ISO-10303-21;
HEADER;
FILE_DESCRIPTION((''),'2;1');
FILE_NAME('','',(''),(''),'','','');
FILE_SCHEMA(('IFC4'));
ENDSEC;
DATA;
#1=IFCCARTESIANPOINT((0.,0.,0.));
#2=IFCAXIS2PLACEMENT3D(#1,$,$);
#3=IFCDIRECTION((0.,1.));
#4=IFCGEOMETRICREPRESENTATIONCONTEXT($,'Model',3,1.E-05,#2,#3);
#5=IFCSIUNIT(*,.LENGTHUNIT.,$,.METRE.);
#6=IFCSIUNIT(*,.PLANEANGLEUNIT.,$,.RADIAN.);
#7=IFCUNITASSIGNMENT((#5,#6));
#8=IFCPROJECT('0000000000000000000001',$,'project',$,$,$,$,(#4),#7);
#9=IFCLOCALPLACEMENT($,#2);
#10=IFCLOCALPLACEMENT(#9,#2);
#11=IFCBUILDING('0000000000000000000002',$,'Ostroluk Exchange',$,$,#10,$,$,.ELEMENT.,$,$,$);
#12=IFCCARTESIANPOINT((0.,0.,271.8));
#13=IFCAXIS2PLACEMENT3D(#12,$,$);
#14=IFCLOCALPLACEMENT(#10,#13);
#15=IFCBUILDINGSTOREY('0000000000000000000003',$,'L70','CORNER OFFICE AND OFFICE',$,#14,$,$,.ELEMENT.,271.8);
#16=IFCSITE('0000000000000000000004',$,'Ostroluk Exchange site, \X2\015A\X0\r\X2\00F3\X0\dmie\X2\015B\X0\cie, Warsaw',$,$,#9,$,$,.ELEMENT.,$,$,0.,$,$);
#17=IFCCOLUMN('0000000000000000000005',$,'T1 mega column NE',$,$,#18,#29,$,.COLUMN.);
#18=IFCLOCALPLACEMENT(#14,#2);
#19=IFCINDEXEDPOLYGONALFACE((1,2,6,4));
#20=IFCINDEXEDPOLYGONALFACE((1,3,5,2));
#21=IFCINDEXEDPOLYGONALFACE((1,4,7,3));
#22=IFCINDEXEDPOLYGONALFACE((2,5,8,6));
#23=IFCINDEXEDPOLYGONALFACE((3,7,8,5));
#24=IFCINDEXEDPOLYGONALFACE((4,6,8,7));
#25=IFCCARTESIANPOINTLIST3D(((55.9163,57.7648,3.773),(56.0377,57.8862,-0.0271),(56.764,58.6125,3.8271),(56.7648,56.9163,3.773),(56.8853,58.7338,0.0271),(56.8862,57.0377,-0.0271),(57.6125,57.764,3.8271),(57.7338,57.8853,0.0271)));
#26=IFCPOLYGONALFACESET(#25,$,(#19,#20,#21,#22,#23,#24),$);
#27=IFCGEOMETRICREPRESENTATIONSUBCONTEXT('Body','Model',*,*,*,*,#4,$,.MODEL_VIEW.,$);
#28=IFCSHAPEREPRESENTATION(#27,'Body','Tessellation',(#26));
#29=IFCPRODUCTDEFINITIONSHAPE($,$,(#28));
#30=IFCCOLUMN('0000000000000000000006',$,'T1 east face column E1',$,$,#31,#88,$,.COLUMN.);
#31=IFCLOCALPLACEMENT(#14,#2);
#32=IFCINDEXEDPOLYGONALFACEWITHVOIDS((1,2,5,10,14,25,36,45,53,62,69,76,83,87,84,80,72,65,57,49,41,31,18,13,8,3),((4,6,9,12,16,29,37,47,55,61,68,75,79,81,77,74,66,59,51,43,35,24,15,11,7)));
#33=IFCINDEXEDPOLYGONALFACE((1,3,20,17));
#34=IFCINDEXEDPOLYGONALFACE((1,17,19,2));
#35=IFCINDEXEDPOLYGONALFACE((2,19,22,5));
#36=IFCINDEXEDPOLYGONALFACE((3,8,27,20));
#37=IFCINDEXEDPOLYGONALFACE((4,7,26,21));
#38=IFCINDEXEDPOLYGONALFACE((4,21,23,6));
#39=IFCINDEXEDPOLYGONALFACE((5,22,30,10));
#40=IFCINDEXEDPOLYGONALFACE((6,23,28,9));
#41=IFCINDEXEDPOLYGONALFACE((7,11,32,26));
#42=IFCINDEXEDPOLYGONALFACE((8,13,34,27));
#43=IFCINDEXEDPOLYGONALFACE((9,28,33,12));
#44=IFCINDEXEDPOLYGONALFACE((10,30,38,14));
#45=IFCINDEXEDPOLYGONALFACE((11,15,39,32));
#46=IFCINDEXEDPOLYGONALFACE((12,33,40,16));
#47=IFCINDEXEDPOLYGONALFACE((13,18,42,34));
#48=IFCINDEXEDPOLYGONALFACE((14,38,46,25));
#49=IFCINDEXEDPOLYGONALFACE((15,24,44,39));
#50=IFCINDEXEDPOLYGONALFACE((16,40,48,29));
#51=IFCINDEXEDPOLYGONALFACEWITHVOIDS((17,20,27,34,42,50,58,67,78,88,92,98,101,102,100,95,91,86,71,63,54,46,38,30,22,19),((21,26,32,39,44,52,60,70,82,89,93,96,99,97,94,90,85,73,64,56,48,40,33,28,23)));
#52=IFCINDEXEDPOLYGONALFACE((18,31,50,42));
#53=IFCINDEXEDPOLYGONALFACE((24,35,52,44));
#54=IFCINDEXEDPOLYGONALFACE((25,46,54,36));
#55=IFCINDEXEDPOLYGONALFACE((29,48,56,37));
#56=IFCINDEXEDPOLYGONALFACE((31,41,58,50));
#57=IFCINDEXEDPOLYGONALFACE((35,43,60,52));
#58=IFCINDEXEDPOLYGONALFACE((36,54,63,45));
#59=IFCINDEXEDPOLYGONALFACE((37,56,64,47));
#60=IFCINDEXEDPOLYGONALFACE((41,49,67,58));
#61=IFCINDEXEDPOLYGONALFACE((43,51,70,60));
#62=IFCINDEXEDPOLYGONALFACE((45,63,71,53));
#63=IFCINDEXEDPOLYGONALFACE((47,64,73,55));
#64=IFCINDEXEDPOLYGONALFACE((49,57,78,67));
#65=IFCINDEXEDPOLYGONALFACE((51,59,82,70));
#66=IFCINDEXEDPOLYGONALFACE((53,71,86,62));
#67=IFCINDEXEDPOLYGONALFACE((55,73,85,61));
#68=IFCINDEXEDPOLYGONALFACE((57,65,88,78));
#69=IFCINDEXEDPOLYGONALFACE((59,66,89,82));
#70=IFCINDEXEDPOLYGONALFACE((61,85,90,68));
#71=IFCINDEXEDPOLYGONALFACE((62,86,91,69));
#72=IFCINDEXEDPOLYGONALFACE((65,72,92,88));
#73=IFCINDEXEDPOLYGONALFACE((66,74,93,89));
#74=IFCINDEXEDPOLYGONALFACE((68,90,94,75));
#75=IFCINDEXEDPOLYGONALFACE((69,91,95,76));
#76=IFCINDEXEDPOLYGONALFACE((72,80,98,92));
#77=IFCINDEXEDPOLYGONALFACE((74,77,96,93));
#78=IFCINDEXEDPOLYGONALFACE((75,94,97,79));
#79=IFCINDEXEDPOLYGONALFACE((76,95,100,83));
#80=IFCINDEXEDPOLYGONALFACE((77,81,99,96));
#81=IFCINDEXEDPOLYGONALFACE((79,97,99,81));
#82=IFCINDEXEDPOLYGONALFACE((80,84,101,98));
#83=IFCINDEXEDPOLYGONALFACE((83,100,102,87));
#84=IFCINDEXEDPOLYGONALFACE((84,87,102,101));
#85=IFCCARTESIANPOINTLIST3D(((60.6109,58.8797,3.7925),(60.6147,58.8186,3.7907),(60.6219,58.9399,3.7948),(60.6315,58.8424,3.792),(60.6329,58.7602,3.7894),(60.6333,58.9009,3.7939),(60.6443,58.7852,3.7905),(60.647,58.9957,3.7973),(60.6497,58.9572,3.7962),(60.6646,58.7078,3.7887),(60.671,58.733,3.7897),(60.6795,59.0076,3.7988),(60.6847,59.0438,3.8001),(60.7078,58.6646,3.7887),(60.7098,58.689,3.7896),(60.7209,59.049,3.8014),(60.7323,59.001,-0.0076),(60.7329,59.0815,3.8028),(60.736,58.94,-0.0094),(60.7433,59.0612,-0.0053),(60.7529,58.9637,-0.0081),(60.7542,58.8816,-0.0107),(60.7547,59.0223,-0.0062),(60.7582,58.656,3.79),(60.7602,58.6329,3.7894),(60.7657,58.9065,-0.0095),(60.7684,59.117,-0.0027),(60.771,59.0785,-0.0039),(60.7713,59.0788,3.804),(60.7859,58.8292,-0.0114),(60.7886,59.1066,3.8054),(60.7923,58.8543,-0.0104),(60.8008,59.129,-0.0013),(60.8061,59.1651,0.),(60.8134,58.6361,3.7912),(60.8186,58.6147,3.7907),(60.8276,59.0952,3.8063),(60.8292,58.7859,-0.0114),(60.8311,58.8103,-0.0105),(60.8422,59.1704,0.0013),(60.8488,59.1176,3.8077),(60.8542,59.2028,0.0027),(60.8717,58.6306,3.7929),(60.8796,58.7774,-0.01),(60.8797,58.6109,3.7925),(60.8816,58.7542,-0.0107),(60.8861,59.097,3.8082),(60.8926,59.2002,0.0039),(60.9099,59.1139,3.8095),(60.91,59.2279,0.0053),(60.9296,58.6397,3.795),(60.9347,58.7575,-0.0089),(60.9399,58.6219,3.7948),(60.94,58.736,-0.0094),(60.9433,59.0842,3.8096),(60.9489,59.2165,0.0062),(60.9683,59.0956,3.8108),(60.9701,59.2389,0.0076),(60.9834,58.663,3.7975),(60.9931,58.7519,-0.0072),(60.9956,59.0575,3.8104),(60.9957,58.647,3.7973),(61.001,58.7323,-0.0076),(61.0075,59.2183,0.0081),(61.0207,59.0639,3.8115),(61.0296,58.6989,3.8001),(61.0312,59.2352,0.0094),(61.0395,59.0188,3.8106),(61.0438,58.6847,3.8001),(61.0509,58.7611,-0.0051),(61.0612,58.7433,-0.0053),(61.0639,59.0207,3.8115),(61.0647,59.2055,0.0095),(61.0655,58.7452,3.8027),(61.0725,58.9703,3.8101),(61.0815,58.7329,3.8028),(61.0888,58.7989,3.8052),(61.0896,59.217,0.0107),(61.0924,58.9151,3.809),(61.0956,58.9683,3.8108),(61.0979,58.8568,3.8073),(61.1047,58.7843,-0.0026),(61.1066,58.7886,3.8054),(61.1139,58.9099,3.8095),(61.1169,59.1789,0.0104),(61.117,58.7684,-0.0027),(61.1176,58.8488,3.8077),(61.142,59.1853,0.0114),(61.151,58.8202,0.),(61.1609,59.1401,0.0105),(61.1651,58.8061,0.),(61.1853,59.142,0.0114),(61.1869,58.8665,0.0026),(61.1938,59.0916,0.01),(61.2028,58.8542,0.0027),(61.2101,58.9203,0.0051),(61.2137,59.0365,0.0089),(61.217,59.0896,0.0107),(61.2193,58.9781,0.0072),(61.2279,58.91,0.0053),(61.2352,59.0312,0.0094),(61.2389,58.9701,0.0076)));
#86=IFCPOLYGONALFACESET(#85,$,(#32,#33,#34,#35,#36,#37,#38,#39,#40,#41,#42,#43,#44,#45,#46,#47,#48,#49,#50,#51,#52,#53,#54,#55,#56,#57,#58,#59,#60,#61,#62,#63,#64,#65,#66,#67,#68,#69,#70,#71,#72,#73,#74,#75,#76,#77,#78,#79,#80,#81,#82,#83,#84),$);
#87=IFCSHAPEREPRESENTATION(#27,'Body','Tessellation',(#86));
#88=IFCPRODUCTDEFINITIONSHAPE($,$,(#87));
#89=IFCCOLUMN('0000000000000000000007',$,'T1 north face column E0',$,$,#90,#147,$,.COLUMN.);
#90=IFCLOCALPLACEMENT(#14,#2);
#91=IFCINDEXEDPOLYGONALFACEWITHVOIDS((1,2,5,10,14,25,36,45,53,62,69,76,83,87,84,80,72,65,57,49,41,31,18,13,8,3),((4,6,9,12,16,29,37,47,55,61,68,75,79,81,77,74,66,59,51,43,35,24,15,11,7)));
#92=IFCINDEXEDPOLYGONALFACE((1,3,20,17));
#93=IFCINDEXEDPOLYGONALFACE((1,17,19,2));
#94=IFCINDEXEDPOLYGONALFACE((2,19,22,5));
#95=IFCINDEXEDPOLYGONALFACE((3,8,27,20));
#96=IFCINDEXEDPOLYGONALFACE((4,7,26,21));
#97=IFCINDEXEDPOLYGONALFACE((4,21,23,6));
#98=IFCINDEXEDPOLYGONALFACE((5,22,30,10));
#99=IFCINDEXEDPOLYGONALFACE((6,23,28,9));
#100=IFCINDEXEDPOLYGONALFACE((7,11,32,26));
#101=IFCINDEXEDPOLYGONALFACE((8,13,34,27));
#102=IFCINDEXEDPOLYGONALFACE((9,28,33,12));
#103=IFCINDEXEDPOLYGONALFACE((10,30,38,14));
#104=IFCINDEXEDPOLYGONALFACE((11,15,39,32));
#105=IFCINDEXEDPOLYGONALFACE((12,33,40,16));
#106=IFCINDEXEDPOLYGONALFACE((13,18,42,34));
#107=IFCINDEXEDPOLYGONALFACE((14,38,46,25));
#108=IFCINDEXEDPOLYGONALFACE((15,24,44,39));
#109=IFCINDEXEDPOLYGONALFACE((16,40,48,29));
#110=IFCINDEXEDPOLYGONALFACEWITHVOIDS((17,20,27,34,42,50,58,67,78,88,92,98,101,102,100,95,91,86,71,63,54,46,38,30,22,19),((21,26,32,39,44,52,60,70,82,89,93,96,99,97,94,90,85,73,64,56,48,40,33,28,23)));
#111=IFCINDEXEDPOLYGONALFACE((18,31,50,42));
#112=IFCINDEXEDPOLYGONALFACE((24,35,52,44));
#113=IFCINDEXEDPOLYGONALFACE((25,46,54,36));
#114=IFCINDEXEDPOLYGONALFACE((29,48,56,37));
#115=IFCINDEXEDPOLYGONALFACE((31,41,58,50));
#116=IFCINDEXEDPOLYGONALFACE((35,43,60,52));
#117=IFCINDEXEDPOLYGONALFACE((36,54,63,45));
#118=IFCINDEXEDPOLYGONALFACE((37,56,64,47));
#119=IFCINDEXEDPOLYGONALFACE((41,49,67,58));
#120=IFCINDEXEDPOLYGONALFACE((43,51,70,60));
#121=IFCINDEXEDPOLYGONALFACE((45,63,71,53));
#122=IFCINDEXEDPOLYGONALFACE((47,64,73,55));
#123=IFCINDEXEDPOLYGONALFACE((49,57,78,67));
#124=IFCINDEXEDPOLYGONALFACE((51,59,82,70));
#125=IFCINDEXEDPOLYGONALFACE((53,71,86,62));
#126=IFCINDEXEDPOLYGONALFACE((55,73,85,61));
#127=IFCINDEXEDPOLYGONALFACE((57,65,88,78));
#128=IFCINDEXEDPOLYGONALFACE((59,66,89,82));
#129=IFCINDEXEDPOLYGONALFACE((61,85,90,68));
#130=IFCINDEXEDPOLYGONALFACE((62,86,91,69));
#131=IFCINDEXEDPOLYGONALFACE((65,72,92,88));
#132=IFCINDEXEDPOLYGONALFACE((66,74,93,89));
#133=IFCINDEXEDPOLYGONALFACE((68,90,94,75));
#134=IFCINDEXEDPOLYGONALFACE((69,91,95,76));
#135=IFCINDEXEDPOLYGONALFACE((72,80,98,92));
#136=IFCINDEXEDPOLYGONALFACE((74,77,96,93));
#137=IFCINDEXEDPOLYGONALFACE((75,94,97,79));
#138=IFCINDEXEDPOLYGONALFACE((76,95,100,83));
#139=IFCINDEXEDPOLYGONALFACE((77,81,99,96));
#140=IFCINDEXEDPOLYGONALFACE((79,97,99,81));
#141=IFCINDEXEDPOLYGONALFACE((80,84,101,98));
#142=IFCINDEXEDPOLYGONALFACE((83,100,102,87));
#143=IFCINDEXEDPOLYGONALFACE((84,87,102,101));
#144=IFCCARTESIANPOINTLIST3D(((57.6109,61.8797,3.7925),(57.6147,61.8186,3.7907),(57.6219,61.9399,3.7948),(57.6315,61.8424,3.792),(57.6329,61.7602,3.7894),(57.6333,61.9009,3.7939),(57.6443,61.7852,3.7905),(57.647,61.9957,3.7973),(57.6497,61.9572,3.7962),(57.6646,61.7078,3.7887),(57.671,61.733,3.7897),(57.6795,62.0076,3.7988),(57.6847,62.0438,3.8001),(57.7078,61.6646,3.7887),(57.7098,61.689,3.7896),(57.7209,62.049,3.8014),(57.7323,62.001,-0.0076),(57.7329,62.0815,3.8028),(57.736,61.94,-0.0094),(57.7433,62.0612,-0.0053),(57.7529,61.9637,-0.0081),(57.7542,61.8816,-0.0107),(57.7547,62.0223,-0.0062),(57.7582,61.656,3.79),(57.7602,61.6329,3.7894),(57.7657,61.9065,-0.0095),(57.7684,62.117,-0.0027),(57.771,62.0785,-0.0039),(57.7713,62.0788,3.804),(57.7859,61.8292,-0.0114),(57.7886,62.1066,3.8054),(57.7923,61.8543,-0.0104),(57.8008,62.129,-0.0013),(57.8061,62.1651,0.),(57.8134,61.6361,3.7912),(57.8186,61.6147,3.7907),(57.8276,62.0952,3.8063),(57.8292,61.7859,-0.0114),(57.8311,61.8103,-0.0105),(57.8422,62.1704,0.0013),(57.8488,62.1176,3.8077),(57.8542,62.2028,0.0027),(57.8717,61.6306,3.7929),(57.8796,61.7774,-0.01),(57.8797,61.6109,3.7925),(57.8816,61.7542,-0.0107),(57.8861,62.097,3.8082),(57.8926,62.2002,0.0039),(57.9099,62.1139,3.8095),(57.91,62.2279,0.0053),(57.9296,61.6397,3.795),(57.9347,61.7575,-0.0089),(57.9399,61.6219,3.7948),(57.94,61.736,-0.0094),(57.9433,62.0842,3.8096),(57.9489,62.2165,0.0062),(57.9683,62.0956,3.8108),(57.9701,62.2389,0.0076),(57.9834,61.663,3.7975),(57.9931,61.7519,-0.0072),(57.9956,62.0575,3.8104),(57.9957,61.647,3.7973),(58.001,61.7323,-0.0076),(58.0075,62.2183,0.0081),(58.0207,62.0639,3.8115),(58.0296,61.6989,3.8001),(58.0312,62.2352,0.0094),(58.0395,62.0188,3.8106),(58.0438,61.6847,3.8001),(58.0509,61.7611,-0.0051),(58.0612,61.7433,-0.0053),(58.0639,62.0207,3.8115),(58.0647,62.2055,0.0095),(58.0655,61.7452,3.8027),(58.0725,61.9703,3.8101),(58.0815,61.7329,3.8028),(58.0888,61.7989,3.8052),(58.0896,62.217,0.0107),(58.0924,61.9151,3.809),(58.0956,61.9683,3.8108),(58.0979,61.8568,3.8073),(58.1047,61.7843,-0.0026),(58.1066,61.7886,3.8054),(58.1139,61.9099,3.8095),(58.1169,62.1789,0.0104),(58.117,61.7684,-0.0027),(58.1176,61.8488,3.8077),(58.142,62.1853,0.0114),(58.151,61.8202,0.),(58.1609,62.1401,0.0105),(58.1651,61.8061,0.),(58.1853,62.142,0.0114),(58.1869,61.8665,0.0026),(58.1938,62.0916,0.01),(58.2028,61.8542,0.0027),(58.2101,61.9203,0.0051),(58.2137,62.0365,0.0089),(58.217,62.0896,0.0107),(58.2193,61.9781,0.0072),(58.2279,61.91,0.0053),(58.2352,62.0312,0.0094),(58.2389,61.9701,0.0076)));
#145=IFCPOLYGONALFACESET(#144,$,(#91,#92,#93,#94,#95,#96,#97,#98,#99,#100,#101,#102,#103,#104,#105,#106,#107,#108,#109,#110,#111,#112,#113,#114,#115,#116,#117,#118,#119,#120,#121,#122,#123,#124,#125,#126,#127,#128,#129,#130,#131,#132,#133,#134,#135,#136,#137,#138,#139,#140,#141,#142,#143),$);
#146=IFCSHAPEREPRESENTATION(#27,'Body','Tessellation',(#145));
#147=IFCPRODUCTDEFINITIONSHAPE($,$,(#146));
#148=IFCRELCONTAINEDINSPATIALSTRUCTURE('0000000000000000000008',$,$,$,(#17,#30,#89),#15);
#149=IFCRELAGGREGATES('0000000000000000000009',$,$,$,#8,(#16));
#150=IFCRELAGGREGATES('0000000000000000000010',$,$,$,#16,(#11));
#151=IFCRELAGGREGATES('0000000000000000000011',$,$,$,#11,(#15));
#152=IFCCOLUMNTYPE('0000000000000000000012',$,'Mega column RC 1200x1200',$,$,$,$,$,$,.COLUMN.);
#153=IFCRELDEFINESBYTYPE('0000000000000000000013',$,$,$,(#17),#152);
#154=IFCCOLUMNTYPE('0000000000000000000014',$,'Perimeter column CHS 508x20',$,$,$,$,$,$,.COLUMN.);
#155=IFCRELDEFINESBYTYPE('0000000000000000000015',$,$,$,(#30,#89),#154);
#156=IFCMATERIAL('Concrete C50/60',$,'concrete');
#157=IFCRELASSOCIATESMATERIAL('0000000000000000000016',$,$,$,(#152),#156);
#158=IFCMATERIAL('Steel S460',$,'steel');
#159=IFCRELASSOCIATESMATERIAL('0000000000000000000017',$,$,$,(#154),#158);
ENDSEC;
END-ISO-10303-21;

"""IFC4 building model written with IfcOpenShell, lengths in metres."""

from ifc_helpers import new_model, si_unit, direction, frame, origin, origin_2d, place, context, subcontext, project, spatial, rectangle, hollow_circle, extrude, material, material_profile, profile_set, type_object, element, save


model = new_model("IFC4")

# Units and contexts
model_context = context("Model", 3, precision=1e-05, world=origin(), true_north=direction((0.0, 1.0)))
body_context = subcontext(model_context, "Body", "Model", "MODEL_VIEW")
ifc_project = project(units=[si_unit("LENGTHUNIT", "METRE"), si_unit("PLANEANGLEUNIT", "RADIAN")], contexts=[model_context])

# Site, building, storey
site_placement = place(None, origin())
site = spatial("IfcSite", under=ifc_project, at=site_placement, Name="Ostroluk Exchange site, Śródmieście, Warsaw", CompositionType="ELEMENT", RefElevation=0.0)
building_placement = place(site_placement, origin())
building = spatial("IfcBuilding", under=site, at=building_placement, Name="Ostroluk Exchange", CompositionType="ELEMENT")
storey_placement = place(building_placement, frame((0.0, 0.0, 271.8)))
storey = spatial("IfcBuildingStorey", under=building, at=storey_placement, Name="L70", Description="CORNER OFFICE AND OFFICE", CompositionType="ELEMENT", Elevation=271.8)

# Columns
ifc_material_1 = material(Name="Concrete C50/60", Category="concrete")
ifc_material_profile_1 = material_profile(ifc_material_1, rectangle(XDim=1.2, YDim=1.2, at=origin_2d()), Name="RC 1200x1200")
ifc_profile_set_1 = profile_set([ifc_material_profile_1], Name="Concrete C50/60")
column_type_1 = type_object("IfcColumnType", Name="Mega column RC 1200x1200", PredefinedType="COLUMN", material=ifc_profile_set_1)
column_1_placement = place(storey_placement, frame((56.8857, 57.8857, 0.0), z_axis=(-0.031898, -0.031898, 0.998982), x_axis=(0.707107, -0.707107, 0.0)))
element("IfcColumn", 1, at=column_1_placement, inside=storey, type_object=column_type_1, Name="T1 mega column NE", PredefinedType="COLUMN", context=body_context, shape_type="SweptSolid", body=[
    extrude(rectangle(XDim=1.2, YDim=1.2, at=origin_2d()), origin(), (0.0, 0.0, 1.0), 3.804),
])
ifc_material_2 = material(Name="Steel S460", Category="steel")
ifc_material_profile_2 = material_profile(ifc_material_2, hollow_circle(Radius=0.2539, WallThickness=0.02, at=origin_2d()), Name="CHS 508x20")
ifc_profile_set_2 = profile_set([ifc_material_profile_2], Name="Steel S460")
column_type_2 = type_object("IfcColumnType", Name="Perimeter column CHS 508x20", PredefinedType="COLUMN", material=ifc_profile_set_2)
for number, where, z_axis, x_axis, name in (
    (2, (60.9856, 58.9856, 0.0), (-0.031898, -0.031898, 0.998982), (0.707107, -0.707107, 0.0), "T1 east face column E1"),
    (3, (57.9856, 61.9856, 0.0), (-0.031898, -0.031898, 0.998982), (0.707107, -0.707107, 0.0), "T1 north face column E0"),
):
    element("IfcColumn", number, at=place(storey_placement, frame(where, z_axis=z_axis, x_axis=x_axis)), inside=storey, type_object=column_type_2, Name=name, PredefinedType="COLUMN", context=body_context, shape_type="SweptSolid", body=[
        extrude(hollow_circle(Radius=0.2539, WallThickness=0.02, at=origin_2d()), origin(), (0.0, 0.0, 1.0), 3.804),
    ])

save(model, "model.ifc")
